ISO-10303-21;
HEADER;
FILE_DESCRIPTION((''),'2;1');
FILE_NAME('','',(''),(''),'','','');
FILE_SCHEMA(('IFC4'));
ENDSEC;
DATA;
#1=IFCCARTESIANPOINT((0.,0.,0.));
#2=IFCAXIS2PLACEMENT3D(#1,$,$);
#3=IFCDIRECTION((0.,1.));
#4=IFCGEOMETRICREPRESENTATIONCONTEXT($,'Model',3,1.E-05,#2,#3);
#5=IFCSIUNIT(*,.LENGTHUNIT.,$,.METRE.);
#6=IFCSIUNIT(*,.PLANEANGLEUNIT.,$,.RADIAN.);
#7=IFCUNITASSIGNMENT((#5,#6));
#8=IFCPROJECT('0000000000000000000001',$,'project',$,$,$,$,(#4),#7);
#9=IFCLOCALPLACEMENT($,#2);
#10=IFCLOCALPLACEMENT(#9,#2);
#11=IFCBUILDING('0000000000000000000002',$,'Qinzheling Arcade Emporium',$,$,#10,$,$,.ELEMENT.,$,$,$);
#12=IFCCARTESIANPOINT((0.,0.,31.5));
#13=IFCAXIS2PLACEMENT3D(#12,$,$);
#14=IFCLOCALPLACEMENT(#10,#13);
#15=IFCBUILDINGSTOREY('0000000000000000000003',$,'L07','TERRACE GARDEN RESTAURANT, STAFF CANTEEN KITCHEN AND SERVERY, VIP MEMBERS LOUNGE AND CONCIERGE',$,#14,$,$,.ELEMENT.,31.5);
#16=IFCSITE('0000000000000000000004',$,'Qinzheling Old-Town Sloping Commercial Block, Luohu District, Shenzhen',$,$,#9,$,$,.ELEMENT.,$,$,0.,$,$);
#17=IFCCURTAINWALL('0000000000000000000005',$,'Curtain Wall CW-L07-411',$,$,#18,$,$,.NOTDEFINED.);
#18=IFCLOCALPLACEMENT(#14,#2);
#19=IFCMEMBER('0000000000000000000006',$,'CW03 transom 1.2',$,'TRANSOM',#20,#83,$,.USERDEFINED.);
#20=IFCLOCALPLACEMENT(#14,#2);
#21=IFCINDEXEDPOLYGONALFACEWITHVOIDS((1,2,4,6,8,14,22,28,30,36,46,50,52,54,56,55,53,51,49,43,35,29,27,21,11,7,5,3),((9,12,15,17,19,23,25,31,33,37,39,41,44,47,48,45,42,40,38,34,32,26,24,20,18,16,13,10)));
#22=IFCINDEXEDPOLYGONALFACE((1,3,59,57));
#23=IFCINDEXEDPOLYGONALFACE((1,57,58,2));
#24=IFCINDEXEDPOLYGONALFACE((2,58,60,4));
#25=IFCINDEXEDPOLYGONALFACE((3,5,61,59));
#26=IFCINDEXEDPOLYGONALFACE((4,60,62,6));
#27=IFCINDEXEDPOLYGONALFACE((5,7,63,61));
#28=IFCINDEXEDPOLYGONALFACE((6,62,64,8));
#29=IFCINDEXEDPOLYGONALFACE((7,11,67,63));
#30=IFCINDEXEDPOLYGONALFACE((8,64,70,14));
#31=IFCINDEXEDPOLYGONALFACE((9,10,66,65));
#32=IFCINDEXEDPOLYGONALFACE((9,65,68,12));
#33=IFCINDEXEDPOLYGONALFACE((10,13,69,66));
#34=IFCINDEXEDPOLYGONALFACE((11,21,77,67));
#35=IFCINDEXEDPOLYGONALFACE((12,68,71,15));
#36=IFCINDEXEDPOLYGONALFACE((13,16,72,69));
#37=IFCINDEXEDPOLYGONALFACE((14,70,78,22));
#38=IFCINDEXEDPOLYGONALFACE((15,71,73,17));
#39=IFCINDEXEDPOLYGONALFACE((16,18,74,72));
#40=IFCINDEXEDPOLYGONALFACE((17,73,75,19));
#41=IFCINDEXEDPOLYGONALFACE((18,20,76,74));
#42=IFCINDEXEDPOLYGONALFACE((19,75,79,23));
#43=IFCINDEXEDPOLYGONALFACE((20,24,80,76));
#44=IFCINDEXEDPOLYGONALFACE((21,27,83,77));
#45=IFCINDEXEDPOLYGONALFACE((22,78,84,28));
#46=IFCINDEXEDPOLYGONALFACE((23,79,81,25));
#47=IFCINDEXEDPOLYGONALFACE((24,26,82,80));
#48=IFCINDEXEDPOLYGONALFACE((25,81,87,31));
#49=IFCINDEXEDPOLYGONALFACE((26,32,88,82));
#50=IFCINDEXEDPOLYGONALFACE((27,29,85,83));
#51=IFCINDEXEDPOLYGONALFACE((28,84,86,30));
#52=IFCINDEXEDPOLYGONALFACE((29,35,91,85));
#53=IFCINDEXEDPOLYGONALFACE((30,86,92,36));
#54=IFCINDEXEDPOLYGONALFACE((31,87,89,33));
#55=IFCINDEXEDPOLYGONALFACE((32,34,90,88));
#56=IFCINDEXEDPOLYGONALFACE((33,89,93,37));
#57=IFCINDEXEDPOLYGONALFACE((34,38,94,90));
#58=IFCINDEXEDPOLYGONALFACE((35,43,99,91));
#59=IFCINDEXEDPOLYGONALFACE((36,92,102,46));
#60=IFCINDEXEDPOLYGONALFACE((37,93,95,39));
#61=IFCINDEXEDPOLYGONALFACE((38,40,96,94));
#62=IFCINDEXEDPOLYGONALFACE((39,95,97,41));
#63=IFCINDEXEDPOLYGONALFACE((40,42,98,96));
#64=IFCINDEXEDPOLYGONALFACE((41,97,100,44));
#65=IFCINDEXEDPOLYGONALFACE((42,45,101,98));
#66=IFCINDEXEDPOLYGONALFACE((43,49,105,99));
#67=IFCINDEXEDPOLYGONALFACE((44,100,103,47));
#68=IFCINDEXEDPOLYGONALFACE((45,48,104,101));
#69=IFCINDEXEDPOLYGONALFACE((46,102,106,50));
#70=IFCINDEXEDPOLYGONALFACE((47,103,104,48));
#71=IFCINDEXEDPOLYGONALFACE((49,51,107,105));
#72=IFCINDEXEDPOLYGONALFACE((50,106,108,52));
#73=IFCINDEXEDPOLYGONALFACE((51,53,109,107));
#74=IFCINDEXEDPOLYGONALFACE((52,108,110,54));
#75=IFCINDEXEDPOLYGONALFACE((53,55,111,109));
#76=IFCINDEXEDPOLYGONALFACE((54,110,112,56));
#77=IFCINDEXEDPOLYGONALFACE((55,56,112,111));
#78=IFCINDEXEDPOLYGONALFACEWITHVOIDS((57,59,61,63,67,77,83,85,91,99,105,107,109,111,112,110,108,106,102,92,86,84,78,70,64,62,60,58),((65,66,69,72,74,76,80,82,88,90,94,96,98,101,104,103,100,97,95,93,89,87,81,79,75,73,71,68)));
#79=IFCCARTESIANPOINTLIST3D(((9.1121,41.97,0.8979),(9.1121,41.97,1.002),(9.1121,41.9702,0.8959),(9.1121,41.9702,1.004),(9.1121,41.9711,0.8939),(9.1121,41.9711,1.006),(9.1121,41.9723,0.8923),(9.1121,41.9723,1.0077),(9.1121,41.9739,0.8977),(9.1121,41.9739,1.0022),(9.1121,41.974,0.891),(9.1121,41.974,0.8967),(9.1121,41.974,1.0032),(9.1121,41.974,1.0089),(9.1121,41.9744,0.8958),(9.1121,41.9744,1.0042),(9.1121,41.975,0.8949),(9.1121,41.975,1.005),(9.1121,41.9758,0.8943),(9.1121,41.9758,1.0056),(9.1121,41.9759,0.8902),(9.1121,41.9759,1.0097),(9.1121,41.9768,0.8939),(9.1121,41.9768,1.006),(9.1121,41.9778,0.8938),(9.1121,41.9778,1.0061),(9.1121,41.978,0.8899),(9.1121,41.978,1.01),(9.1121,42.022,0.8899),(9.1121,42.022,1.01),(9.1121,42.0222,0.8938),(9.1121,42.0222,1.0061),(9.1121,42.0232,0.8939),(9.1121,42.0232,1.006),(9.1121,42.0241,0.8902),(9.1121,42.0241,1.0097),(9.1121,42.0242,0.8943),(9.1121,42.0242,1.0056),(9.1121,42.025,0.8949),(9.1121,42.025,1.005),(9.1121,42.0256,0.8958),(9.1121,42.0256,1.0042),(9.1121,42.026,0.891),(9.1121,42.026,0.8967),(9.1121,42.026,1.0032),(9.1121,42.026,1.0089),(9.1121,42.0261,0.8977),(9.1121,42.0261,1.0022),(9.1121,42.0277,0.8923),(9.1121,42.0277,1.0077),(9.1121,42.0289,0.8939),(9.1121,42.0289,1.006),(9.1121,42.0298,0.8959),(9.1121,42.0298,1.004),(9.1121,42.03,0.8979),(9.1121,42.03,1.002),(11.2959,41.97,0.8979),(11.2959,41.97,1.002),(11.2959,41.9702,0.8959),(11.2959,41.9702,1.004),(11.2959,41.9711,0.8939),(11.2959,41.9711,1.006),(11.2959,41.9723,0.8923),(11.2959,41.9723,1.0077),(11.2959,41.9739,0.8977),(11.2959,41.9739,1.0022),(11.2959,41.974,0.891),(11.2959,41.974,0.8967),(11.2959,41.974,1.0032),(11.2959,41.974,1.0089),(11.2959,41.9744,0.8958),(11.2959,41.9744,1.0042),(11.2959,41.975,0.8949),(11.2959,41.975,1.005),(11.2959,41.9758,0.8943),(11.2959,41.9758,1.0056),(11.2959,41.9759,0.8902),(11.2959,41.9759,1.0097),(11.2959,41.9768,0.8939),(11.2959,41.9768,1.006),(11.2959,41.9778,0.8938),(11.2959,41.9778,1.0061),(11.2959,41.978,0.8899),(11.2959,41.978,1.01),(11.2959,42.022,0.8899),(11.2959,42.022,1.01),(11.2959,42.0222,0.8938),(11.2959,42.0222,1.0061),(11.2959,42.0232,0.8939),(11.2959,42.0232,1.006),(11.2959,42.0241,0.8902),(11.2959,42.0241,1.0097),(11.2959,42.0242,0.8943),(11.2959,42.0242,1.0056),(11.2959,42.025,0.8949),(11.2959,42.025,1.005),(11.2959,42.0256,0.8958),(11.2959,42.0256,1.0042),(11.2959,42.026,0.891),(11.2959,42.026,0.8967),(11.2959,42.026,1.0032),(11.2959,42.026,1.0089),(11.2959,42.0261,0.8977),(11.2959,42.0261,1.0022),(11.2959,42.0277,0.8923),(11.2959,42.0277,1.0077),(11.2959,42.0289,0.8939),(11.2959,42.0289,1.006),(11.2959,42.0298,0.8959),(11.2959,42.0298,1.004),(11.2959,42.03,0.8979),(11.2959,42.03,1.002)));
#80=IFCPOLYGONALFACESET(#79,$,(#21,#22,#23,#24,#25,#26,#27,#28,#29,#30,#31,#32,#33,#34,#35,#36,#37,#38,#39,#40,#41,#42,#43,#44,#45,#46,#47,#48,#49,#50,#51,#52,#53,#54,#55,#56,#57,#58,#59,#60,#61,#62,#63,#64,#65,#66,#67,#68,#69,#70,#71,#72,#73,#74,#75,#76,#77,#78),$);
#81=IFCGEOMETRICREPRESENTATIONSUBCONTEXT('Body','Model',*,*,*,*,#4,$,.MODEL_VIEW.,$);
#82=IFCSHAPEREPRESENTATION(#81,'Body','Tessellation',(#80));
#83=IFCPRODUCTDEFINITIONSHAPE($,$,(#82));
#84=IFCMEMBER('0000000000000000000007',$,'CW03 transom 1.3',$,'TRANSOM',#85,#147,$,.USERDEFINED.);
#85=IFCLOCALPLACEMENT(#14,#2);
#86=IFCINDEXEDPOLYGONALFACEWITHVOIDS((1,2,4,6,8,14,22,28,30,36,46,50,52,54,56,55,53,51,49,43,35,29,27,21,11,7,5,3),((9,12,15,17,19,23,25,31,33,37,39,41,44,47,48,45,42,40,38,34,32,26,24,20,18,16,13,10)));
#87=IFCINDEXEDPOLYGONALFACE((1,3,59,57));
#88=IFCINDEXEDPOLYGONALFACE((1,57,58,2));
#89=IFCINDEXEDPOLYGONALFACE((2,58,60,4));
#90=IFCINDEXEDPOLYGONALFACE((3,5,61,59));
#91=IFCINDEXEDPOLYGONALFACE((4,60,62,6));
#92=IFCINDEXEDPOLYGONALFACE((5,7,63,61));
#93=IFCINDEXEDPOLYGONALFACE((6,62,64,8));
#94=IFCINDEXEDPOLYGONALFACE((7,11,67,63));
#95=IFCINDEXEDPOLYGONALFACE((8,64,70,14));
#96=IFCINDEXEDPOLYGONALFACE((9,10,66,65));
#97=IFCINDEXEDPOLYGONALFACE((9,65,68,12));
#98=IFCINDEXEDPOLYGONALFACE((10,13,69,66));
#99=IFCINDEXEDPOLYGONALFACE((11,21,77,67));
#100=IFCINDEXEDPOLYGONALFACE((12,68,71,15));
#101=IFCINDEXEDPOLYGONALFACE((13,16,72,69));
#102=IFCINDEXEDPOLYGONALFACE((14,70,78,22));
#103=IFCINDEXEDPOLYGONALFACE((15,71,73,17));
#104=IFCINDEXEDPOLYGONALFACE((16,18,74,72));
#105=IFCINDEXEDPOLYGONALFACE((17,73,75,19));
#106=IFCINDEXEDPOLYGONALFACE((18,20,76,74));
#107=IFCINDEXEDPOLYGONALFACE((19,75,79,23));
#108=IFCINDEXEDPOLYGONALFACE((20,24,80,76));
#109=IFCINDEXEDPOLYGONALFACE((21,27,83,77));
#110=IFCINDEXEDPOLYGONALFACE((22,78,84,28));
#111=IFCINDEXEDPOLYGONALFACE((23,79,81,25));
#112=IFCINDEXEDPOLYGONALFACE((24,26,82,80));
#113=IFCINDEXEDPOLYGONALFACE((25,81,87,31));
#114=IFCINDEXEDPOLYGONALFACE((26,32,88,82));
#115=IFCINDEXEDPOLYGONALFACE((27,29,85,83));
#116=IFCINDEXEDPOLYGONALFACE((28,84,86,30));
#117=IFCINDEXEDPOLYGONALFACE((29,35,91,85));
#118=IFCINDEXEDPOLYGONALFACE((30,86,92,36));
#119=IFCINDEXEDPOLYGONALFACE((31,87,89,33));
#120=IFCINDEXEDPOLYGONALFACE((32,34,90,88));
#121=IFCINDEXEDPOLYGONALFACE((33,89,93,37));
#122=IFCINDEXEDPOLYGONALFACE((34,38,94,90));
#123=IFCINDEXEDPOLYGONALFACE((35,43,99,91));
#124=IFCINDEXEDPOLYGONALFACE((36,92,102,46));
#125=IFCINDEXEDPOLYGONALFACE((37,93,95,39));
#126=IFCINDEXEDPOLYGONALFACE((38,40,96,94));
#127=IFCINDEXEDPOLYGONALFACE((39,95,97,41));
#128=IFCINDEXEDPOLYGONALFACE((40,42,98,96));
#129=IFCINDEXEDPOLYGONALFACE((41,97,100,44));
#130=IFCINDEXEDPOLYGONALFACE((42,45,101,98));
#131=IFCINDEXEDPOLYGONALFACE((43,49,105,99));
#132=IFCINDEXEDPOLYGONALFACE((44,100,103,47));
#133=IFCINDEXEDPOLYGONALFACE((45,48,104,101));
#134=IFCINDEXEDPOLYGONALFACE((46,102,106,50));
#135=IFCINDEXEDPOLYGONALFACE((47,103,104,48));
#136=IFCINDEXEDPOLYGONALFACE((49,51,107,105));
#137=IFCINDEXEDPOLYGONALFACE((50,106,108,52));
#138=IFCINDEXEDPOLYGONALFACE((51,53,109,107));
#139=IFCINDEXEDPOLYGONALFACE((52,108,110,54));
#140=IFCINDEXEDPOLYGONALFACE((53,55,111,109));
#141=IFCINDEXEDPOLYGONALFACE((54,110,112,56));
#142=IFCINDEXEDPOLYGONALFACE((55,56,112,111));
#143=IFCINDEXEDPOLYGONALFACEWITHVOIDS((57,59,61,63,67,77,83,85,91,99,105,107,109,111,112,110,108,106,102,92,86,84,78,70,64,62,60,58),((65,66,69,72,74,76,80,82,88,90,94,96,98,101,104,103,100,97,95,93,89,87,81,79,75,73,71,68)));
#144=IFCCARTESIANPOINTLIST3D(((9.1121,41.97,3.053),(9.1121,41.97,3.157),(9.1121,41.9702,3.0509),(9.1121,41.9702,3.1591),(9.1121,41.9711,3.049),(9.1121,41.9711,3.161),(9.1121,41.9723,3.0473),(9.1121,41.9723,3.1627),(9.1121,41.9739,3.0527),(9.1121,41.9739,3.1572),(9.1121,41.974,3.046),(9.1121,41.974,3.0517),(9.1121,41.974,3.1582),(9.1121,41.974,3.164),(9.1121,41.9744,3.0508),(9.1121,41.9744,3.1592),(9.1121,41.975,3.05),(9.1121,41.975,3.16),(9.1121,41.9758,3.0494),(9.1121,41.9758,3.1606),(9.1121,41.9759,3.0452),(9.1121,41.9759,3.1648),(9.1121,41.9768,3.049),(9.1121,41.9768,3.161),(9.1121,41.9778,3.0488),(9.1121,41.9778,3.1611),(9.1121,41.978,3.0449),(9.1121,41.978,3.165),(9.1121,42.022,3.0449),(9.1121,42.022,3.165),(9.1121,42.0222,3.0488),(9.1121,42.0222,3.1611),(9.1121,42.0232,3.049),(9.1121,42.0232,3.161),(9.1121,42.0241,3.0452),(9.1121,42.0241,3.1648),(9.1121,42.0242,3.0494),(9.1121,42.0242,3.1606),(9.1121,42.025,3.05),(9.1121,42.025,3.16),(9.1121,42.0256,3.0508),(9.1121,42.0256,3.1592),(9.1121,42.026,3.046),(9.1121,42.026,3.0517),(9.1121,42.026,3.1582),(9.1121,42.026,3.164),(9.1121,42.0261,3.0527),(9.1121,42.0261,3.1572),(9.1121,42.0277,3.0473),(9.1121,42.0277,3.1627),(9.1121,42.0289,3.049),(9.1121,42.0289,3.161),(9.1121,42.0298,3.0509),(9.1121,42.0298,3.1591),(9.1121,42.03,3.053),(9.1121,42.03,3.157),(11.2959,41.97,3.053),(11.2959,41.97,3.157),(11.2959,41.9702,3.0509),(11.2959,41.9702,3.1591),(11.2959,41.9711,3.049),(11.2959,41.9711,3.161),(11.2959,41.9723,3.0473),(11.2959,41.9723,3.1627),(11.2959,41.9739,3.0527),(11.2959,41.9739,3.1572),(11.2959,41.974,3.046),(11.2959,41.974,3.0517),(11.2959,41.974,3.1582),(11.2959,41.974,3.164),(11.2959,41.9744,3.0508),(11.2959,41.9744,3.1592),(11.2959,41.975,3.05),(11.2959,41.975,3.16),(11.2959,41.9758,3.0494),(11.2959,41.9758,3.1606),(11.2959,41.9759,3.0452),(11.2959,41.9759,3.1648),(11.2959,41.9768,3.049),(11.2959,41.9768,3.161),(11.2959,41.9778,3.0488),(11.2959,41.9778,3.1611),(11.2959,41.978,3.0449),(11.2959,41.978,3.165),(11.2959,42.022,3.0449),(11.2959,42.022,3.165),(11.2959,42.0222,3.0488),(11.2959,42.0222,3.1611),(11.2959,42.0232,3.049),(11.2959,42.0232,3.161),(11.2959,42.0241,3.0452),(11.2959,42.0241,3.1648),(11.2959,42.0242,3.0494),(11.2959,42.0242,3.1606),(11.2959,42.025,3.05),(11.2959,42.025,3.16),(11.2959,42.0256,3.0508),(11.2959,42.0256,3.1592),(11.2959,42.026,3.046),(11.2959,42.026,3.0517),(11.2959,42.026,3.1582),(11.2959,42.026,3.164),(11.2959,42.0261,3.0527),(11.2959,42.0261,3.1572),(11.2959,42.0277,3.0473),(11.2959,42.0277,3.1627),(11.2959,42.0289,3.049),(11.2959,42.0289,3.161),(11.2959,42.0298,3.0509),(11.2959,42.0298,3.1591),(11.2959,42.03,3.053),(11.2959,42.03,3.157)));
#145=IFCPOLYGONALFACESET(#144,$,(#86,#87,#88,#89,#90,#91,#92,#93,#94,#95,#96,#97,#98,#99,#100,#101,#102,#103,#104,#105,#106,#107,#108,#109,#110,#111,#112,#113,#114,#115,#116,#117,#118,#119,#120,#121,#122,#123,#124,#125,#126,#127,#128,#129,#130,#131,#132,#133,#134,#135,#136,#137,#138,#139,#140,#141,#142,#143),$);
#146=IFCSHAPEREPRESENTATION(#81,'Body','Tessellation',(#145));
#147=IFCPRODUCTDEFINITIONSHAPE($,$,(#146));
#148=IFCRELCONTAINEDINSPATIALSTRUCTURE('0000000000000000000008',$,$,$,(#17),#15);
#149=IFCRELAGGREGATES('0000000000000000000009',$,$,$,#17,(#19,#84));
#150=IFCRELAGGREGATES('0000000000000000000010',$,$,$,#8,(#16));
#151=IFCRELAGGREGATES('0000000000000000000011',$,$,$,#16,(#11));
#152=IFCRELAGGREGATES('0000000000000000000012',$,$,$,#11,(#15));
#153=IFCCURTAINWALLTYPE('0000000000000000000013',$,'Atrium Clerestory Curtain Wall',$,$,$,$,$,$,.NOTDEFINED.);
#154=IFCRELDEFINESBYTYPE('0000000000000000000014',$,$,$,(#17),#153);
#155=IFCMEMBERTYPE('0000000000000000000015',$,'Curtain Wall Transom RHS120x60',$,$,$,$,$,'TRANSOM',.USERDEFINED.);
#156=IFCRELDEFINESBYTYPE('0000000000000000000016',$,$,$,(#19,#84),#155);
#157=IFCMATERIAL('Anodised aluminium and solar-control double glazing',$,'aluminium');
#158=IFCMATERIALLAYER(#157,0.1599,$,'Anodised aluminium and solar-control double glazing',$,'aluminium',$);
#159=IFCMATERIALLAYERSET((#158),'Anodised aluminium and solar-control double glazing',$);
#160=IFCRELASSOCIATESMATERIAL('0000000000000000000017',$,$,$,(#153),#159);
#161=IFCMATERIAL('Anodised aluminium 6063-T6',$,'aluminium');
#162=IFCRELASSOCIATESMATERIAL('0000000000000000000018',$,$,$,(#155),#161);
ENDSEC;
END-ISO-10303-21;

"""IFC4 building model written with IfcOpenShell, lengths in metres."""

from ifc_helpers import new_model, si_unit, direction, frame, origin, origin_2d, place, context, subcontext, project, spatial, hollow_rectangle, extrude, material, layer, layer_set, material_profile, profile_set, type_object, element, aggregate, save


model = new_model("IFC4")

# Units and contexts
model_context = context("Model", 3, precision=1e-05, world=origin(), true_north=direction((0.0, 1.0)))
body_context = subcontext(model_context, "Body", "Model", "MODEL_VIEW")
ifc_project = project(units=[si_unit("LENGTHUNIT", "METRE"), si_unit("PLANEANGLEUNIT", "RADIAN")], contexts=[model_context])

# Site, building, storey
site_placement = place(None, origin())
site = spatial("IfcSite", under=ifc_project, at=site_placement, Name="Qinzheling Old-Town Sloping Commercial Block, Luohu District, Shenzhen", CompositionType="ELEMENT", RefElevation=0.0)
building_placement = place(site_placement, origin())
building = spatial("IfcBuilding", under=site, at=building_placement, Name="Qinzheling Arcade Emporium", CompositionType="ELEMENT")
storey_placement = place(building_placement, frame((0.0, 0.0, 31.5)))
storey = spatial("IfcBuildingStorey", under=building, at=storey_placement, Name="L07", Description="TERRACE GARDEN RESTAURANT, STAFF CANTEEN KITCHEN AND SERVERY, VIP MEMBERS LOUNGE AND CONCIERGE", CompositionType="ELEMENT", Elevation=31.5)

# Curtain wall, members
ifc_material_1 = material(Name="Anodised aluminium and solar-control double glazing", Category="aluminium")
ifc_layer_1 = layer(ifc_material_1, 0.1599, Name="Anodised aluminium and solar-control double glazing", Category="aluminium")
ifc_layer_set_1 = layer_set([ifc_layer_1], Name="Anodised aluminium and solar-control double glazing")
curtain_wall_type = type_object("IfcCurtainWallType", Name="Atrium Clerestory Curtain Wall", PredefinedType="NOTDEFINED", material=ifc_layer_set_1)
curtain_wall_placement = place(storey_placement, origin())
curtain_wall = element("IfcCurtainWall", 1, at=curtain_wall_placement, inside=storey, type_object=curtain_wall_type, Name="Curtain Wall CW-L07-411", PredefinedType="NOTDEFINED")
ifc_material_2 = material(Name="Anodised aluminium 6063-T6", Category="aluminium")
ifc_material_profile_1 = material_profile(ifc_material_2, hollow_rectangle(XDim=0.0601, YDim=0.1201, WallThickness=0.0039, InnerFilletRadius=0.0039, OuterFilletRadius=0.0081, at=origin_2d()), Name="RHS 120x60x4", Category="aluminium")
ifc_profile_set_1 = profile_set([ifc_material_profile_1], Name="Anodised aluminium 6063-T6")
member_type_1 = type_object("IfcMemberType", Name="Curtain Wall Transom RHS120x60", ElementType="TRANSOM", PredefinedType="USERDEFINED", material=ifc_profile_set_1)
member_1_placement = place(storey_placement, frame((9.1121, 42.0, 0.95), z_axis=(1.0, 0.0, 0.0), x_axis=(0.0, 1.0, 0.0)))
member_1 = element("IfcMember", 2, at=member_1_placement, type_object=member_type_1, Name="CW03 transom 1.2", ObjectType="TRANSOM", PredefinedType="USERDEFINED", context=body_context, shape_type="SweptSolid", body=[
    extrude(hollow_rectangle(XDim=0.0601, YDim=0.1201, WallThickness=0.0039, InnerFilletRadius=0.0039, OuterFilletRadius=0.0081, at=origin_2d()), origin(), (0.0, 0.0, 1.0), 2.1838),
])
member_2_placement = place(storey_placement, frame((9.1121, 42.0, 3.105), z_axis=(1.0, 0.0, 0.0), x_axis=(0.0, 1.0, 0.0)))
member_2 = element("IfcMember", 3, at=member_2_placement, type_object=member_type_1, Name="CW03 transom 1.3", ObjectType="TRANSOM", PredefinedType="USERDEFINED", context=body_context, shape_type="SweptSolid", body=[
    extrude(hollow_rectangle(XDim=0.0601, YDim=0.1201, WallThickness=0.0039, InnerFilletRadius=0.0039, OuterFilletRadius=0.0081, at=origin_2d()), origin(), (0.0, 0.0, 1.0), 2.1838),
])

aggregate(curtain_wall, [member_1, member_2])

save(model, "model.ifc")
